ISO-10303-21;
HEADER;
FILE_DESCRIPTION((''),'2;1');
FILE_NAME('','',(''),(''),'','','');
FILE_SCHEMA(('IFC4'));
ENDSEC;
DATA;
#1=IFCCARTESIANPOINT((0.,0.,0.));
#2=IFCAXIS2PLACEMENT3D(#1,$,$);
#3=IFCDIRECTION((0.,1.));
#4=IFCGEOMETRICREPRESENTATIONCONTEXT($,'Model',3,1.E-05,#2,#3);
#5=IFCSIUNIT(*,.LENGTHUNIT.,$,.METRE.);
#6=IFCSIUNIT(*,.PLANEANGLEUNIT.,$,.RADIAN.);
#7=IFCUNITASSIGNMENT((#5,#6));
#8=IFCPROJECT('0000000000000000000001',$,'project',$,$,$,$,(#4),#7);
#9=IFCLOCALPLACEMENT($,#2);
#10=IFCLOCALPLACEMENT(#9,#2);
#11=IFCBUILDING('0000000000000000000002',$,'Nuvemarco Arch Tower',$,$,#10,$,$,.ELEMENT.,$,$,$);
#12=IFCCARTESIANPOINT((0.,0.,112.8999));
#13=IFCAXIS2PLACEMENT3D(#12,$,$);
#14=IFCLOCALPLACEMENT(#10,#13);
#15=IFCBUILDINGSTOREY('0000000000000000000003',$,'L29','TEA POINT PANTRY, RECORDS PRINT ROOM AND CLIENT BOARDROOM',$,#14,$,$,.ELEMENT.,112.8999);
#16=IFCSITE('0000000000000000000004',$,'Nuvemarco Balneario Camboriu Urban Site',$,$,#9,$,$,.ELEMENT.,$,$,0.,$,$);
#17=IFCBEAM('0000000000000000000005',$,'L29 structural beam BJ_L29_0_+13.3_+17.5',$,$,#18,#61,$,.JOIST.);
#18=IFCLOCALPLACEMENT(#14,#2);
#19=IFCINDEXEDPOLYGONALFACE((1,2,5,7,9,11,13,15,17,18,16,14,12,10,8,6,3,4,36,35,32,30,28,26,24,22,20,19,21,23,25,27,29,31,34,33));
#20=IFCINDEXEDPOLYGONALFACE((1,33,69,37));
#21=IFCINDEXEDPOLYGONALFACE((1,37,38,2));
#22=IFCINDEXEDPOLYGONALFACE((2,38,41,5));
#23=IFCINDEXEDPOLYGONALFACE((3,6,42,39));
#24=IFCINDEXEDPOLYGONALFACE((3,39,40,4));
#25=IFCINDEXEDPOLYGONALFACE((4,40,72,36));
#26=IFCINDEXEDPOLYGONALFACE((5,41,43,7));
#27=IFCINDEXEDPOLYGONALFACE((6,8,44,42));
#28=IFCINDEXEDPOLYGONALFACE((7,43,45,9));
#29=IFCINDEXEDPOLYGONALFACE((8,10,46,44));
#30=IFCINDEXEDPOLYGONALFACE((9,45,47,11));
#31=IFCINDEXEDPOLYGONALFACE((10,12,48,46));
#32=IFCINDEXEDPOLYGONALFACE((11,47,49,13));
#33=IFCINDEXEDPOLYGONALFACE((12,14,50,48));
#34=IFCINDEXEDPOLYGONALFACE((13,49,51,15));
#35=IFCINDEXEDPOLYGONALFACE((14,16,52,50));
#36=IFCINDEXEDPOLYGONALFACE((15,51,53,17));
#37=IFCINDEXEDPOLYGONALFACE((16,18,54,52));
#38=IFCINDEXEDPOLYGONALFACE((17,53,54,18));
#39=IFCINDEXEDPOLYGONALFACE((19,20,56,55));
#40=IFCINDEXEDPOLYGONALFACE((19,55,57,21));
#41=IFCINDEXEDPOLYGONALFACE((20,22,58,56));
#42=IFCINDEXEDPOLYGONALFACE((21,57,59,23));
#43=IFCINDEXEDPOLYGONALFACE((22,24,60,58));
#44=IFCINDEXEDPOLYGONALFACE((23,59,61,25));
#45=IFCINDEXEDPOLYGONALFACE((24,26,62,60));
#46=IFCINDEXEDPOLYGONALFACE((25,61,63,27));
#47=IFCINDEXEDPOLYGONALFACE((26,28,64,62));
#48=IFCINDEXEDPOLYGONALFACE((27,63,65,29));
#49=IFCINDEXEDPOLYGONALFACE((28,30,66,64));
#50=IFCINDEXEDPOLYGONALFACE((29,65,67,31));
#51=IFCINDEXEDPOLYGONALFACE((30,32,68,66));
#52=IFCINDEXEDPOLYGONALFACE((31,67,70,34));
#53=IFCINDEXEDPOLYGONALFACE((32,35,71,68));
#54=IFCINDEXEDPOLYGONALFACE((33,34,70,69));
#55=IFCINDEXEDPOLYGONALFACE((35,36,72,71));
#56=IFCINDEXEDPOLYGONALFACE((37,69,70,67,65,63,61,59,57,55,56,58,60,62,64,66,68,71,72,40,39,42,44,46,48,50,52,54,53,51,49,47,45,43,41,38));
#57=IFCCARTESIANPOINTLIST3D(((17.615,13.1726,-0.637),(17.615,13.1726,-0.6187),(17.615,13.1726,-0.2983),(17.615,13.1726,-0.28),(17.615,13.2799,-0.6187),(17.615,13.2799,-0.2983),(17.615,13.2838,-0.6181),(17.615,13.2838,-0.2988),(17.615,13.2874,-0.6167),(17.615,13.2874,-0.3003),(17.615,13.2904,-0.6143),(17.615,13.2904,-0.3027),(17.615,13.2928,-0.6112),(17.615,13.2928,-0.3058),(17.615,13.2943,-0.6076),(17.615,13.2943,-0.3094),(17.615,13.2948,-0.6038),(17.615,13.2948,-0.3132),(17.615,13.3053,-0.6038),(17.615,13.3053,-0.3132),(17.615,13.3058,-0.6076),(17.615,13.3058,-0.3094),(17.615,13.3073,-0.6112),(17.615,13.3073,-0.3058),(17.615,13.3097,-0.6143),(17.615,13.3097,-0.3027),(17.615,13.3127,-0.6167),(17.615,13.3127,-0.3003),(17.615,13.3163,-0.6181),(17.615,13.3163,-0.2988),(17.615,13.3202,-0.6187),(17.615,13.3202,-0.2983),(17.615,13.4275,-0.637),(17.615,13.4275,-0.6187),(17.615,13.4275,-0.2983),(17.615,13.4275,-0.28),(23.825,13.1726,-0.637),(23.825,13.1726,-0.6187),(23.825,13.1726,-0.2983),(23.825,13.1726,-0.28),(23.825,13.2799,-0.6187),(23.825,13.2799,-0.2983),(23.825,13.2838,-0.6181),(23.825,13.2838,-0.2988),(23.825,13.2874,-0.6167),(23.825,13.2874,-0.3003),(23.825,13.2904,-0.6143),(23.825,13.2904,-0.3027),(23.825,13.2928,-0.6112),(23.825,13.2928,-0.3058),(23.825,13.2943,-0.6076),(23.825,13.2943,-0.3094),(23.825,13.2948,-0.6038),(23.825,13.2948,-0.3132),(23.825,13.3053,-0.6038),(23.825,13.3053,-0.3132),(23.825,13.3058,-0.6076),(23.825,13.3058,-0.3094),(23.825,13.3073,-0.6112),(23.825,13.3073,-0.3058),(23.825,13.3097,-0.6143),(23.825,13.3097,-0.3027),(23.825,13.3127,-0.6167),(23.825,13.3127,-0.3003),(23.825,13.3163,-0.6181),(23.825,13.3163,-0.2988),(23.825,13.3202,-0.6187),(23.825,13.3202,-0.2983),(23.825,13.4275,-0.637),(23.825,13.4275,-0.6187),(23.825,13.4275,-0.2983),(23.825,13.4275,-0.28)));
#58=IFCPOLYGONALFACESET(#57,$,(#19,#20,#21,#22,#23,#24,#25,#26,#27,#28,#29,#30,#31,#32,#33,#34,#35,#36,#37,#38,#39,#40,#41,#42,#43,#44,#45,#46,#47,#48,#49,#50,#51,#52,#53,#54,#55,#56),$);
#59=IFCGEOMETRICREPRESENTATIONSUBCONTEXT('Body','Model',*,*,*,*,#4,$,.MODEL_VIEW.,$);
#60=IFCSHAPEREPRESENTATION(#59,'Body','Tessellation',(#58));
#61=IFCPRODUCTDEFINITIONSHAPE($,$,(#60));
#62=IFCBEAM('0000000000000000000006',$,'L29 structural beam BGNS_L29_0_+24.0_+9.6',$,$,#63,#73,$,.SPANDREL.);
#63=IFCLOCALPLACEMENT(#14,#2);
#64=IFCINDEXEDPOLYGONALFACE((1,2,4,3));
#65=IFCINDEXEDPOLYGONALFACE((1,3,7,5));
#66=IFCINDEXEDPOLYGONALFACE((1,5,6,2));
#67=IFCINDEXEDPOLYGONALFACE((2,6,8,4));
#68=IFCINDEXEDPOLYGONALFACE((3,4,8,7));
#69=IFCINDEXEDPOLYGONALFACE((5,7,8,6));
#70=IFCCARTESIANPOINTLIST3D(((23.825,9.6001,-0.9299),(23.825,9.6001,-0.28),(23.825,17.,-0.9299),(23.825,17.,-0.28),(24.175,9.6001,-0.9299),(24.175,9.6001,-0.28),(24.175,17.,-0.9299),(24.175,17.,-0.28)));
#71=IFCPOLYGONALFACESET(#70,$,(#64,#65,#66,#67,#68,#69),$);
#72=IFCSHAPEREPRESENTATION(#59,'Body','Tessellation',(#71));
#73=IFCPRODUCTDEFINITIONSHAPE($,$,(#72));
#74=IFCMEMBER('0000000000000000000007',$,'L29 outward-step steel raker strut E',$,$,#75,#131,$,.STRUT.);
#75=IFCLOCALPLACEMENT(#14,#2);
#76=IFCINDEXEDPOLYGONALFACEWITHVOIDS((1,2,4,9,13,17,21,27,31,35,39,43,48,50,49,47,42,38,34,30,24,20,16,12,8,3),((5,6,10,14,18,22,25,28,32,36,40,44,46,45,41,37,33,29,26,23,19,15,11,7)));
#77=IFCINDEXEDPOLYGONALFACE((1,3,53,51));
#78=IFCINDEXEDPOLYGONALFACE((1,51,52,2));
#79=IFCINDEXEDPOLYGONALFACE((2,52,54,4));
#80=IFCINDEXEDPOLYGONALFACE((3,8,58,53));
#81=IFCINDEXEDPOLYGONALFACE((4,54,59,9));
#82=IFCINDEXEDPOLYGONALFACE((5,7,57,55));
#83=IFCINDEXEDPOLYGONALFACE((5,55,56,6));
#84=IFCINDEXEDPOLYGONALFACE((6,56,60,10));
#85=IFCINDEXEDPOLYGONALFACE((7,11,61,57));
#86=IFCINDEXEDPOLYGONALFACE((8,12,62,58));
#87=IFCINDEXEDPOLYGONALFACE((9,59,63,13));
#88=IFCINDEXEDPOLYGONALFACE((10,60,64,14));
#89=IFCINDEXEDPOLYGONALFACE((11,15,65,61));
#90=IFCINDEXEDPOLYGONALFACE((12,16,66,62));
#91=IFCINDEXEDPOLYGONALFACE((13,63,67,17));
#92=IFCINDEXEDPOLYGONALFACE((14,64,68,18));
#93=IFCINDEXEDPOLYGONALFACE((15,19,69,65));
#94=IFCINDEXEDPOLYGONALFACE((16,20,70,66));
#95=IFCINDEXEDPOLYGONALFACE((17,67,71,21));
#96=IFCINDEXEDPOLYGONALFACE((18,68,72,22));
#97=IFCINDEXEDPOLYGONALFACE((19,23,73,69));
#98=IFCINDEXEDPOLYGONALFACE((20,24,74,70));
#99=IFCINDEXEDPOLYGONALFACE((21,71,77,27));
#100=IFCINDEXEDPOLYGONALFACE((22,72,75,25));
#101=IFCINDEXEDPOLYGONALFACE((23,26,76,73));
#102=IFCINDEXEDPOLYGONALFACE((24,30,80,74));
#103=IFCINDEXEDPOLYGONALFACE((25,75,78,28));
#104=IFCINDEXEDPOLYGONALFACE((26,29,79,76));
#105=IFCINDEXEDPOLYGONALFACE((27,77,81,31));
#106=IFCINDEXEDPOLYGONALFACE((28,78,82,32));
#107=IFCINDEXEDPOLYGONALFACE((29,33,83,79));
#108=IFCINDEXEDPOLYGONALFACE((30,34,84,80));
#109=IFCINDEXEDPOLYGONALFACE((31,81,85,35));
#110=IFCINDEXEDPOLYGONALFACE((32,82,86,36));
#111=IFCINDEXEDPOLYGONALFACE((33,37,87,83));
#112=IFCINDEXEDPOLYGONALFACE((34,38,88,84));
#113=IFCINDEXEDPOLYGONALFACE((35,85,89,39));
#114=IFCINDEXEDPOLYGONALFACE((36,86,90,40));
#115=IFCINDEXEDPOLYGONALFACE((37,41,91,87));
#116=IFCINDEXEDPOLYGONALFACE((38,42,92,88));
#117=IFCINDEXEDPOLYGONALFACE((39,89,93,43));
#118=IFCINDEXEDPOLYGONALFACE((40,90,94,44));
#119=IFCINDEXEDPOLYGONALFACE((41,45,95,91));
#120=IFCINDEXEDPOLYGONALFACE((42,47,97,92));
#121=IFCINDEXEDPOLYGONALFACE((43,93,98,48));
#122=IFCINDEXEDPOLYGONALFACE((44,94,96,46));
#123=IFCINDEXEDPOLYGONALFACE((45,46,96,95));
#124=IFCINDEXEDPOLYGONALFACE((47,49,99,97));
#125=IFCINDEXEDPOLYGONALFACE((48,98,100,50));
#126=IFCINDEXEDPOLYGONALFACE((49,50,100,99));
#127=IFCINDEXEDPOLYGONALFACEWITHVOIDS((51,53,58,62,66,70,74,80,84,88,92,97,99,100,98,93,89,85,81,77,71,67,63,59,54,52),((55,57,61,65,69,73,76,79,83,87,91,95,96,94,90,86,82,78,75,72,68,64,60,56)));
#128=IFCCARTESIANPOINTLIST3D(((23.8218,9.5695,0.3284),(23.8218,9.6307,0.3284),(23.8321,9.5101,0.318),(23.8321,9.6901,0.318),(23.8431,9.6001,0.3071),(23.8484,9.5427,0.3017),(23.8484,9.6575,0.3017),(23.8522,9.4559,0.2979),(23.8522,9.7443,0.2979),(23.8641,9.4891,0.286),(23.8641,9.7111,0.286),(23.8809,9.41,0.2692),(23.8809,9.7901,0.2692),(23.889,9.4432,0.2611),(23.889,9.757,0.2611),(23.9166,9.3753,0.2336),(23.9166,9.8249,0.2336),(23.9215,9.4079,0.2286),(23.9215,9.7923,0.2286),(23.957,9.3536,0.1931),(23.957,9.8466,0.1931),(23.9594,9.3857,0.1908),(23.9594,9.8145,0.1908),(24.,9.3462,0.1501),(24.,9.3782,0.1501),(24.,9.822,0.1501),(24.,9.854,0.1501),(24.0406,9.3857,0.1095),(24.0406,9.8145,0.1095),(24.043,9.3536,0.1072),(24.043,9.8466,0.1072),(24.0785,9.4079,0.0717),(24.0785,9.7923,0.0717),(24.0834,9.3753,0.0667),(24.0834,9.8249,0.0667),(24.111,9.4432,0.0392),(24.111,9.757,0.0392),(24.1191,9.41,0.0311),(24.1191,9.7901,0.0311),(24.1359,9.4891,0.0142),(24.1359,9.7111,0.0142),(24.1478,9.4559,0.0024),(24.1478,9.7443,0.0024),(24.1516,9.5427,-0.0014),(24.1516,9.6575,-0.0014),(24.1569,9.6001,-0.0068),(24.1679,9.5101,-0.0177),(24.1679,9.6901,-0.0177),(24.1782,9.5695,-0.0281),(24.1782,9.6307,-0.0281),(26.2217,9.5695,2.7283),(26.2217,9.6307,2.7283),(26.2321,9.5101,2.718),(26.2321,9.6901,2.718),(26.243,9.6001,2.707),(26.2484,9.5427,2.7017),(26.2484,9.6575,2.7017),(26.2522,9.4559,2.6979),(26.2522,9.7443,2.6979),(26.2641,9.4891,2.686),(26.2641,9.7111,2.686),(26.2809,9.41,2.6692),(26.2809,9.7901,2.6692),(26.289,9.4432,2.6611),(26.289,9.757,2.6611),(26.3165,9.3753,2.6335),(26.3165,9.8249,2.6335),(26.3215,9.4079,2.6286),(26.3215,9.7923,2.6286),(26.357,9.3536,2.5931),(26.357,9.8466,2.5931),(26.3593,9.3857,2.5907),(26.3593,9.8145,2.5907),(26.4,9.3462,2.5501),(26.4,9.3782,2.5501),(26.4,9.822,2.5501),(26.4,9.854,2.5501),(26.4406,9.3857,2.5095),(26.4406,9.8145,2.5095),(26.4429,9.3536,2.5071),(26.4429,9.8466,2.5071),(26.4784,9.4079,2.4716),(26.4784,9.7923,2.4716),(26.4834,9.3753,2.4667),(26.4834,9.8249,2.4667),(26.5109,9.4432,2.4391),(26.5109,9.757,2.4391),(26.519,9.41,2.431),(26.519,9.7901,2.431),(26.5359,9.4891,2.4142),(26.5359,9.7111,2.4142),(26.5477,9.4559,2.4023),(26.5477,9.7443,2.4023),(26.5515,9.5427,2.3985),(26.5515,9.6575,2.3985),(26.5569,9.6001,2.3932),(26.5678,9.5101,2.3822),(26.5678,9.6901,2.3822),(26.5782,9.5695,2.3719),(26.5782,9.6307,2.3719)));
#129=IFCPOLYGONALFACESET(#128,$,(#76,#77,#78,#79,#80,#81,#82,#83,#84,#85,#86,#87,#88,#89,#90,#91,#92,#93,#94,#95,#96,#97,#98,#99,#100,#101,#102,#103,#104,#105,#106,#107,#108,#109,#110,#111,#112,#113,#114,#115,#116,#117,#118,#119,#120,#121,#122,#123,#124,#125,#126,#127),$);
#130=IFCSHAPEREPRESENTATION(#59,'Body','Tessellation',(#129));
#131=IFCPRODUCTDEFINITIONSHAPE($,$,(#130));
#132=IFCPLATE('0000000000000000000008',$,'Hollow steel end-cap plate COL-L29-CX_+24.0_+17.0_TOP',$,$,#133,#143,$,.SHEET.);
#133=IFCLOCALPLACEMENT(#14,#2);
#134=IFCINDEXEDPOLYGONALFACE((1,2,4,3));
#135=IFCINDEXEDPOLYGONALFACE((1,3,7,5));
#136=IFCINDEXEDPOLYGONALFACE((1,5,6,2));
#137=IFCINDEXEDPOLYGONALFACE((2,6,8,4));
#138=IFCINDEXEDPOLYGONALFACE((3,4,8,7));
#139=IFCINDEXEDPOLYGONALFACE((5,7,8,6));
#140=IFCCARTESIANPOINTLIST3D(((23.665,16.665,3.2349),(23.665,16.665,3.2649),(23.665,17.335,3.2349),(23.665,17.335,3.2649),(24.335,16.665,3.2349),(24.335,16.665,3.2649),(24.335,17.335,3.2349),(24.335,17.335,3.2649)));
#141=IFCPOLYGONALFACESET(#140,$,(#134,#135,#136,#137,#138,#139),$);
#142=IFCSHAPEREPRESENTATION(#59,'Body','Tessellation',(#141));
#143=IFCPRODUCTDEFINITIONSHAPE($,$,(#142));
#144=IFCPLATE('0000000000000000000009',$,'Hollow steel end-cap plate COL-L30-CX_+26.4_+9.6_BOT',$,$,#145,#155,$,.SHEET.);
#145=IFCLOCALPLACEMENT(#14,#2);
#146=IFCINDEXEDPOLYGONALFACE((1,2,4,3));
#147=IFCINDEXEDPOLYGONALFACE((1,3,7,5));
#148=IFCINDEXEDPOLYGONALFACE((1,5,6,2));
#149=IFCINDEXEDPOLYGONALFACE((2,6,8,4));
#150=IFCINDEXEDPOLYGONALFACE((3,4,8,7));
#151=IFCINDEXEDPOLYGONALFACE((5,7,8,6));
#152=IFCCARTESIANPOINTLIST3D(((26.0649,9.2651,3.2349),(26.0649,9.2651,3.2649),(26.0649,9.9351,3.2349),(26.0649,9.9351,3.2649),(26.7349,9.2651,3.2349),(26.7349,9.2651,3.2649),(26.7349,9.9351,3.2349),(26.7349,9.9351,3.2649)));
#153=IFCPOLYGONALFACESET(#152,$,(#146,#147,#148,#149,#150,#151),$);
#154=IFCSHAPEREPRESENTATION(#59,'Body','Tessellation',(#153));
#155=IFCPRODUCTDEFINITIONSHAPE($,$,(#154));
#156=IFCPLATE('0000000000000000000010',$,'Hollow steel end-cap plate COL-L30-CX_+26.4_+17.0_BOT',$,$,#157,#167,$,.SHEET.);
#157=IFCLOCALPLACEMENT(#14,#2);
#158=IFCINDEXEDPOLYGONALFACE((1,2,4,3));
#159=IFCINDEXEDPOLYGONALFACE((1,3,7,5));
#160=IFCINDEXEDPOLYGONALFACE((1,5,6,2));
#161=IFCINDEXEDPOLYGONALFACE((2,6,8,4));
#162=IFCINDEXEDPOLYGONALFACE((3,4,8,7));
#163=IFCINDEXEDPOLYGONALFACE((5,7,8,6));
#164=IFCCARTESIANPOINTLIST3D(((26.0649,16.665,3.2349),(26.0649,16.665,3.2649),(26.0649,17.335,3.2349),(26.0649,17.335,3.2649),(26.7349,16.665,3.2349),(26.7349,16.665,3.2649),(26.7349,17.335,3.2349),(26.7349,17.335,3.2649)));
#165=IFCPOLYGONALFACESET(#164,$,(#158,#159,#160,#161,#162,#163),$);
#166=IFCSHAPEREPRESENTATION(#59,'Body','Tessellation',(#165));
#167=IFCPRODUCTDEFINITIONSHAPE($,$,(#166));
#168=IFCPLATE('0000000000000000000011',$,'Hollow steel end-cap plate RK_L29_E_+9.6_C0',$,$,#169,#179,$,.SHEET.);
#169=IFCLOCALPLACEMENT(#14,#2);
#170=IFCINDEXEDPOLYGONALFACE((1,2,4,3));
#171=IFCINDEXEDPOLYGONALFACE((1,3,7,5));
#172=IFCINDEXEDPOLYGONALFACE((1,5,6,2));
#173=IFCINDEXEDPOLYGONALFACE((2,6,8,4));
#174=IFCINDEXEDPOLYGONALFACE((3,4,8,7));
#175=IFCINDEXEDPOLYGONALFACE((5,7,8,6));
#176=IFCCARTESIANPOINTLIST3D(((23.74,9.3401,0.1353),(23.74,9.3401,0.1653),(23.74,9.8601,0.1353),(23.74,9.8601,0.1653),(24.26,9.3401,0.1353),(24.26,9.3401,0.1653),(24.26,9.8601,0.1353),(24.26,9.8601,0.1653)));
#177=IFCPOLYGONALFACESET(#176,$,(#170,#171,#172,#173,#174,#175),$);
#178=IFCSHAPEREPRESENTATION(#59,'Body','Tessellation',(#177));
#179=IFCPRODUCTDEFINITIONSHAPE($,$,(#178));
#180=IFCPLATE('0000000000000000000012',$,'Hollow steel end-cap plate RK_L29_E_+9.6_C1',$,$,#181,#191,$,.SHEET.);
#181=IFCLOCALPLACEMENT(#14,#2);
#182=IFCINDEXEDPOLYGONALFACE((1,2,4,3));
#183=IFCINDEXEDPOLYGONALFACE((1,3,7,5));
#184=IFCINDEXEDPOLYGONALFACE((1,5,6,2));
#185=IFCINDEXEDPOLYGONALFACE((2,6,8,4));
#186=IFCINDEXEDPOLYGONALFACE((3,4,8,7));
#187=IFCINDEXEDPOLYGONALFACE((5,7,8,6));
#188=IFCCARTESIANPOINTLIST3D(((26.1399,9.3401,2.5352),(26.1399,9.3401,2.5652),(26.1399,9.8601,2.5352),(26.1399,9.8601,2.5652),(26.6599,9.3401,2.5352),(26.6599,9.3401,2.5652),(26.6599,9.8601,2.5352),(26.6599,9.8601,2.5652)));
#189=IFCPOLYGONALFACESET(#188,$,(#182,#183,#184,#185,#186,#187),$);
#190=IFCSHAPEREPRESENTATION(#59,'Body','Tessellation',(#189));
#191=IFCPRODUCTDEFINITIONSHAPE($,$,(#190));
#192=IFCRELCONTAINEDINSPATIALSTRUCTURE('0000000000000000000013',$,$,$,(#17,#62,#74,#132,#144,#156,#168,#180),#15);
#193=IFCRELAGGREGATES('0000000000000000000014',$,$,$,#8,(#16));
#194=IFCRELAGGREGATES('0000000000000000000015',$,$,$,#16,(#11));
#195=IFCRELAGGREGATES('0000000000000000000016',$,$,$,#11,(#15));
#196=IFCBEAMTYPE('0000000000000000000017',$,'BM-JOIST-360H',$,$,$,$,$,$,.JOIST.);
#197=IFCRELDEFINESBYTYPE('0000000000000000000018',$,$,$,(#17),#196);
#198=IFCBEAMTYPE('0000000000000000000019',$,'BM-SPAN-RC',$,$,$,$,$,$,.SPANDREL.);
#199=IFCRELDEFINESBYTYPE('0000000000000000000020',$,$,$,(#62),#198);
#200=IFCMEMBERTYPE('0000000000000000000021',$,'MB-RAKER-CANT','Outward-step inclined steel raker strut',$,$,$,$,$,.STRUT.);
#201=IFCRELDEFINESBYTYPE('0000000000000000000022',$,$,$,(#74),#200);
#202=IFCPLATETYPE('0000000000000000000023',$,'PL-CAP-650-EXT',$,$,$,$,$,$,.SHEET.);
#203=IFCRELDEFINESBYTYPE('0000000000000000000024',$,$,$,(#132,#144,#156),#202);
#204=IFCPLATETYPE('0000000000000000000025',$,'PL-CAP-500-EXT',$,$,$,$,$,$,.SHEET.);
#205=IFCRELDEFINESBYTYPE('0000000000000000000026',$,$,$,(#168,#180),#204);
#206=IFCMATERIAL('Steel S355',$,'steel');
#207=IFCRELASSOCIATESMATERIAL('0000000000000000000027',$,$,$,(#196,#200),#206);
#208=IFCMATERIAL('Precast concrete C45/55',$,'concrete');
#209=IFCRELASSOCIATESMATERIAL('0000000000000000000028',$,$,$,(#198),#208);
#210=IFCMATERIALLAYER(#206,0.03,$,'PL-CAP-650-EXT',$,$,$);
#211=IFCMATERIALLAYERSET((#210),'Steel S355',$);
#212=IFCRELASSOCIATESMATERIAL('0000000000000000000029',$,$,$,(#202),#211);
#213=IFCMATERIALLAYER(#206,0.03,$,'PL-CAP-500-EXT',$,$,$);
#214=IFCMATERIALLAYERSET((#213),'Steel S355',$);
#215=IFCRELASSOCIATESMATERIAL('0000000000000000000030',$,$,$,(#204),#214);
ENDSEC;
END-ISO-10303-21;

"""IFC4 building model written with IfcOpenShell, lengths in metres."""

from ifc_helpers import new_model, si_unit, direction, frame, origin, origin_2d, place, context, subcontext, project, spatial, rectangle, hollow_circle, i_section, extrude, source, transform, mapped, material, layer, layer_set, material_profile, profile_set, type_object, type_shapes, element, save


model = new_model("IFC4")

# Units and contexts
model_context = context("Model", 3, precision=1e-05, world=origin(), true_north=direction((0.0, 1.0)))
body_context = subcontext(model_context, "Body", "Model", "MODEL_VIEW")
ifc_project = project(units=[si_unit("LENGTHUNIT", "METRE"), si_unit("PLANEANGLEUNIT", "RADIAN")], contexts=[model_context])

# Site, building, storey
site_placement = place(None, origin())
site = spatial("IfcSite", under=ifc_project, at=site_placement, Name="Nuvemarco Balneario Camboriu Urban Site", CompositionType="ELEMENT", RefElevation=0.0)
building_placement = place(site_placement, origin())
building = spatial("IfcBuilding", under=site, at=building_placement, Name="Nuvemarco Arch Tower", CompositionType="ELEMENT")
storey_placement = place(building_placement, frame((0.0, 0.0, 112.8999)))
storey = spatial("IfcBuildingStorey", under=building, at=storey_placement, Name="L29", Description="TEA POINT PANTRY, RECORDS PRINT ROOM AND CLIENT BOARDROOM", CompositionType="ELEMENT", Elevation=112.8999)

# Shared definitions
ifc_material_1 = material(Name="Steel S355", Category="steel")

# Beams
ifc_material_profile_1 = material_profile(ifc_material_1, i_section(OverallWidth=0.2549, OverallDepth=0.3569, WebThickness=0.0105, FlangeThickness=0.0183, FilletRadius=0.0149, at=origin_2d()), Name="W360x101")
ifc_profile_set_1 = profile_set([ifc_material_profile_1], Name="Steel S355")
beam_type_1 = type_object("IfcBeamType", Name="BM-JOIST-360H", PredefinedType="JOIST", material=ifc_profile_set_1)
beam_1_placement = place(storey_placement, frame((17.615, 13.3, -0.4585), z_axis=(1.0, 0.0, 0.0), x_axis=(0.0, 1.0, 0.0)))
element("IfcBeam", 1, at=beam_1_placement, inside=storey, type_object=beam_type_1, Name="L29 structural beam BJ_L29_0_+13.3_+17.5", PredefinedType="JOIST", context=body_context, shape_type="SweptSolid", body=[
    extrude(i_section(OverallWidth=0.2549, OverallDepth=0.3569, WebThickness=0.0105, FlangeThickness=0.0183, FilletRadius=0.0149, at=origin_2d()), origin(), (0.0, 0.0, 1.0), 6.21),
])
ifc_material_2 = material(Name="Precast concrete C45/55", Category="concrete")
ifc_material_profile_2 = material_profile(ifc_material_2, rectangle(XDim=0.3501, YDim=0.6499, at=origin_2d()), Name="PC-SP-350x650")
ifc_profile_set_2 = profile_set([ifc_material_profile_2], Name="Precast concrete C45/55")
beam_type_2 = type_object("IfcBeamType", Name="BM-SPAN-RC", PredefinedType="SPANDREL", material=ifc_profile_set_2)
beam_2_placement = place(storey_placement, frame((24.0, 9.6001, -0.605), z_axis=(0.0, 1.0, 0.0), x_axis=(-1.0, 0.0, 0.0)))
element("IfcBeam", 2, at=beam_2_placement, inside=storey, type_object=beam_type_2, Name="L29 structural beam BGNS_L29_0_+24.0_+9.6", PredefinedType="SPANDREL", context=body_context, shape_type="SweptSolid", body=[
    extrude(rectangle(XDim=0.3501, YDim=0.6499, at=origin_2d()), origin(), (0.0, 0.0, 1.0), 7.3999),
])

# Member
ifc_material_profile_3 = material_profile(ifc_material_1, hollow_circle(Radius=0.2539, WallThickness=0.032, at=origin_2d()), Name="CHS508x32")
ifc_profile_set_3 = profile_set([ifc_material_profile_3], Name="Steel S355")
member_type = type_object("IfcMemberType", Name="MB-RAKER-CANT", Description="Outward-step inclined steel raker strut", PredefinedType="STRUT", material=ifc_profile_set_3)
member_placement = place(storey_placement, frame((24.0, 9.6001, 0.1501), z_axis=(0.707107, 0.0, 0.707107), x_axis=(0.0, 1.0, 0.0)))
element("IfcMember", 3, at=member_placement, inside=storey, type_object=member_type, Name="L29 outward-step steel raker strut E", PredefinedType="STRUT", context=body_context, shape_type="SweptSolid", body=[
    extrude(hollow_circle(Radius=0.2539, WallThickness=0.032, at=origin_2d()), origin(), (0.0, 0.0, 1.0), 3.394),
])

# Plates
ifc_layer_1 = layer(ifc_material_1, 0.03, Name="PL-CAP-650-EXT")
ifc_layer_set_1 = layer_set([ifc_layer_1], Name="Steel S355")
plate_type_1 = type_object("IfcPlateType", Name="PL-CAP-650-EXT", PredefinedType="SHEET", material=ifc_layer_set_1)
shared_shape_1 = source(origin(), body_context, "Body", "SweptSolid", [
    extrude(rectangle(XDim=0.6699, YDim=0.6699, at=origin_2d()), origin(), (0.0, 0.0, 1.0), 0.03),
])
type_shapes(plate_type_1, [shared_shape_1])
for number, where, z_axis, x_axis, name in (
    (4, (24.0, 17.0, 3.2349), (0.0, 0.0, 1.0), (1.0, 0.0, 0.0), "Hollow steel end-cap plate COL-L29-CX_+24.0_+17.0_TOP"),
    (5, (26.3999, 9.6001, 3.2349), (0.0, 0.0, 1.0), (1.0, 0.0, 0.0), "Hollow steel end-cap plate COL-L30-CX_+26.4_+9.6_BOT"),
    (6, (26.3999, 17.0, 3.2349), (0.0, 0.0, 1.0), (1.0, 0.0, 0.0), "Hollow steel end-cap plate COL-L30-CX_+26.4_+17.0_BOT"),
):
    element("IfcPlate", number, at=place(storey_placement, frame(where, z_axis=z_axis, x_axis=x_axis)), inside=storey, type_object=plate_type_1, Name=name, PredefinedType="SHEET", context=body_context, shape_type="MappedRepresentation", body=[
        mapped(shared_shape_1, transform((0.0, 0.0, 0.0), scale=1.0)),
    ])
ifc_layer_2 = layer(ifc_material_1, 0.03, Name="PL-CAP-500-EXT")
ifc_layer_set_2 = layer_set([ifc_layer_2], Name="Steel S355")
plate_type_2 = type_object("IfcPlateType", Name="PL-CAP-500-EXT", PredefinedType="SHEET", material=ifc_layer_set_2)
shared_shape_2 = source(origin(), body_context, "Body", "SweptSolid", [
    extrude(rectangle(XDim=0.52, YDim=0.52, at=origin_2d()), origin(), (0.0, 0.0, 1.0), 0.03),
])
type_shapes(plate_type_2, [shared_shape_2])
for number, where, z_axis, x_axis, name in (
    (7, (24.0, 9.6001, 0.1353), (0.0, 0.0, 1.0), (1.0, 0.0, 0.0), "Hollow steel end-cap plate RK_L29_E_+9.6_C0"),
    (8, (26.3999, 9.6001, 2.5352), (0.0, 0.0, 1.0), (1.0, 0.0, 0.0), "Hollow steel end-cap plate RK_L29_E_+9.6_C1"),
):
    element("IfcPlate", number, at=place(storey_placement, frame(where, z_axis=z_axis, x_axis=x_axis)), inside=storey, type_object=plate_type_2, Name=name, PredefinedType="SHEET", context=body_context, shape_type="MappedRepresentation", body=[
        mapped(shared_shape_2, transform((0.0, 0.0, 0.0), scale=1.0)),
    ])

save(model, "model.ifc")
